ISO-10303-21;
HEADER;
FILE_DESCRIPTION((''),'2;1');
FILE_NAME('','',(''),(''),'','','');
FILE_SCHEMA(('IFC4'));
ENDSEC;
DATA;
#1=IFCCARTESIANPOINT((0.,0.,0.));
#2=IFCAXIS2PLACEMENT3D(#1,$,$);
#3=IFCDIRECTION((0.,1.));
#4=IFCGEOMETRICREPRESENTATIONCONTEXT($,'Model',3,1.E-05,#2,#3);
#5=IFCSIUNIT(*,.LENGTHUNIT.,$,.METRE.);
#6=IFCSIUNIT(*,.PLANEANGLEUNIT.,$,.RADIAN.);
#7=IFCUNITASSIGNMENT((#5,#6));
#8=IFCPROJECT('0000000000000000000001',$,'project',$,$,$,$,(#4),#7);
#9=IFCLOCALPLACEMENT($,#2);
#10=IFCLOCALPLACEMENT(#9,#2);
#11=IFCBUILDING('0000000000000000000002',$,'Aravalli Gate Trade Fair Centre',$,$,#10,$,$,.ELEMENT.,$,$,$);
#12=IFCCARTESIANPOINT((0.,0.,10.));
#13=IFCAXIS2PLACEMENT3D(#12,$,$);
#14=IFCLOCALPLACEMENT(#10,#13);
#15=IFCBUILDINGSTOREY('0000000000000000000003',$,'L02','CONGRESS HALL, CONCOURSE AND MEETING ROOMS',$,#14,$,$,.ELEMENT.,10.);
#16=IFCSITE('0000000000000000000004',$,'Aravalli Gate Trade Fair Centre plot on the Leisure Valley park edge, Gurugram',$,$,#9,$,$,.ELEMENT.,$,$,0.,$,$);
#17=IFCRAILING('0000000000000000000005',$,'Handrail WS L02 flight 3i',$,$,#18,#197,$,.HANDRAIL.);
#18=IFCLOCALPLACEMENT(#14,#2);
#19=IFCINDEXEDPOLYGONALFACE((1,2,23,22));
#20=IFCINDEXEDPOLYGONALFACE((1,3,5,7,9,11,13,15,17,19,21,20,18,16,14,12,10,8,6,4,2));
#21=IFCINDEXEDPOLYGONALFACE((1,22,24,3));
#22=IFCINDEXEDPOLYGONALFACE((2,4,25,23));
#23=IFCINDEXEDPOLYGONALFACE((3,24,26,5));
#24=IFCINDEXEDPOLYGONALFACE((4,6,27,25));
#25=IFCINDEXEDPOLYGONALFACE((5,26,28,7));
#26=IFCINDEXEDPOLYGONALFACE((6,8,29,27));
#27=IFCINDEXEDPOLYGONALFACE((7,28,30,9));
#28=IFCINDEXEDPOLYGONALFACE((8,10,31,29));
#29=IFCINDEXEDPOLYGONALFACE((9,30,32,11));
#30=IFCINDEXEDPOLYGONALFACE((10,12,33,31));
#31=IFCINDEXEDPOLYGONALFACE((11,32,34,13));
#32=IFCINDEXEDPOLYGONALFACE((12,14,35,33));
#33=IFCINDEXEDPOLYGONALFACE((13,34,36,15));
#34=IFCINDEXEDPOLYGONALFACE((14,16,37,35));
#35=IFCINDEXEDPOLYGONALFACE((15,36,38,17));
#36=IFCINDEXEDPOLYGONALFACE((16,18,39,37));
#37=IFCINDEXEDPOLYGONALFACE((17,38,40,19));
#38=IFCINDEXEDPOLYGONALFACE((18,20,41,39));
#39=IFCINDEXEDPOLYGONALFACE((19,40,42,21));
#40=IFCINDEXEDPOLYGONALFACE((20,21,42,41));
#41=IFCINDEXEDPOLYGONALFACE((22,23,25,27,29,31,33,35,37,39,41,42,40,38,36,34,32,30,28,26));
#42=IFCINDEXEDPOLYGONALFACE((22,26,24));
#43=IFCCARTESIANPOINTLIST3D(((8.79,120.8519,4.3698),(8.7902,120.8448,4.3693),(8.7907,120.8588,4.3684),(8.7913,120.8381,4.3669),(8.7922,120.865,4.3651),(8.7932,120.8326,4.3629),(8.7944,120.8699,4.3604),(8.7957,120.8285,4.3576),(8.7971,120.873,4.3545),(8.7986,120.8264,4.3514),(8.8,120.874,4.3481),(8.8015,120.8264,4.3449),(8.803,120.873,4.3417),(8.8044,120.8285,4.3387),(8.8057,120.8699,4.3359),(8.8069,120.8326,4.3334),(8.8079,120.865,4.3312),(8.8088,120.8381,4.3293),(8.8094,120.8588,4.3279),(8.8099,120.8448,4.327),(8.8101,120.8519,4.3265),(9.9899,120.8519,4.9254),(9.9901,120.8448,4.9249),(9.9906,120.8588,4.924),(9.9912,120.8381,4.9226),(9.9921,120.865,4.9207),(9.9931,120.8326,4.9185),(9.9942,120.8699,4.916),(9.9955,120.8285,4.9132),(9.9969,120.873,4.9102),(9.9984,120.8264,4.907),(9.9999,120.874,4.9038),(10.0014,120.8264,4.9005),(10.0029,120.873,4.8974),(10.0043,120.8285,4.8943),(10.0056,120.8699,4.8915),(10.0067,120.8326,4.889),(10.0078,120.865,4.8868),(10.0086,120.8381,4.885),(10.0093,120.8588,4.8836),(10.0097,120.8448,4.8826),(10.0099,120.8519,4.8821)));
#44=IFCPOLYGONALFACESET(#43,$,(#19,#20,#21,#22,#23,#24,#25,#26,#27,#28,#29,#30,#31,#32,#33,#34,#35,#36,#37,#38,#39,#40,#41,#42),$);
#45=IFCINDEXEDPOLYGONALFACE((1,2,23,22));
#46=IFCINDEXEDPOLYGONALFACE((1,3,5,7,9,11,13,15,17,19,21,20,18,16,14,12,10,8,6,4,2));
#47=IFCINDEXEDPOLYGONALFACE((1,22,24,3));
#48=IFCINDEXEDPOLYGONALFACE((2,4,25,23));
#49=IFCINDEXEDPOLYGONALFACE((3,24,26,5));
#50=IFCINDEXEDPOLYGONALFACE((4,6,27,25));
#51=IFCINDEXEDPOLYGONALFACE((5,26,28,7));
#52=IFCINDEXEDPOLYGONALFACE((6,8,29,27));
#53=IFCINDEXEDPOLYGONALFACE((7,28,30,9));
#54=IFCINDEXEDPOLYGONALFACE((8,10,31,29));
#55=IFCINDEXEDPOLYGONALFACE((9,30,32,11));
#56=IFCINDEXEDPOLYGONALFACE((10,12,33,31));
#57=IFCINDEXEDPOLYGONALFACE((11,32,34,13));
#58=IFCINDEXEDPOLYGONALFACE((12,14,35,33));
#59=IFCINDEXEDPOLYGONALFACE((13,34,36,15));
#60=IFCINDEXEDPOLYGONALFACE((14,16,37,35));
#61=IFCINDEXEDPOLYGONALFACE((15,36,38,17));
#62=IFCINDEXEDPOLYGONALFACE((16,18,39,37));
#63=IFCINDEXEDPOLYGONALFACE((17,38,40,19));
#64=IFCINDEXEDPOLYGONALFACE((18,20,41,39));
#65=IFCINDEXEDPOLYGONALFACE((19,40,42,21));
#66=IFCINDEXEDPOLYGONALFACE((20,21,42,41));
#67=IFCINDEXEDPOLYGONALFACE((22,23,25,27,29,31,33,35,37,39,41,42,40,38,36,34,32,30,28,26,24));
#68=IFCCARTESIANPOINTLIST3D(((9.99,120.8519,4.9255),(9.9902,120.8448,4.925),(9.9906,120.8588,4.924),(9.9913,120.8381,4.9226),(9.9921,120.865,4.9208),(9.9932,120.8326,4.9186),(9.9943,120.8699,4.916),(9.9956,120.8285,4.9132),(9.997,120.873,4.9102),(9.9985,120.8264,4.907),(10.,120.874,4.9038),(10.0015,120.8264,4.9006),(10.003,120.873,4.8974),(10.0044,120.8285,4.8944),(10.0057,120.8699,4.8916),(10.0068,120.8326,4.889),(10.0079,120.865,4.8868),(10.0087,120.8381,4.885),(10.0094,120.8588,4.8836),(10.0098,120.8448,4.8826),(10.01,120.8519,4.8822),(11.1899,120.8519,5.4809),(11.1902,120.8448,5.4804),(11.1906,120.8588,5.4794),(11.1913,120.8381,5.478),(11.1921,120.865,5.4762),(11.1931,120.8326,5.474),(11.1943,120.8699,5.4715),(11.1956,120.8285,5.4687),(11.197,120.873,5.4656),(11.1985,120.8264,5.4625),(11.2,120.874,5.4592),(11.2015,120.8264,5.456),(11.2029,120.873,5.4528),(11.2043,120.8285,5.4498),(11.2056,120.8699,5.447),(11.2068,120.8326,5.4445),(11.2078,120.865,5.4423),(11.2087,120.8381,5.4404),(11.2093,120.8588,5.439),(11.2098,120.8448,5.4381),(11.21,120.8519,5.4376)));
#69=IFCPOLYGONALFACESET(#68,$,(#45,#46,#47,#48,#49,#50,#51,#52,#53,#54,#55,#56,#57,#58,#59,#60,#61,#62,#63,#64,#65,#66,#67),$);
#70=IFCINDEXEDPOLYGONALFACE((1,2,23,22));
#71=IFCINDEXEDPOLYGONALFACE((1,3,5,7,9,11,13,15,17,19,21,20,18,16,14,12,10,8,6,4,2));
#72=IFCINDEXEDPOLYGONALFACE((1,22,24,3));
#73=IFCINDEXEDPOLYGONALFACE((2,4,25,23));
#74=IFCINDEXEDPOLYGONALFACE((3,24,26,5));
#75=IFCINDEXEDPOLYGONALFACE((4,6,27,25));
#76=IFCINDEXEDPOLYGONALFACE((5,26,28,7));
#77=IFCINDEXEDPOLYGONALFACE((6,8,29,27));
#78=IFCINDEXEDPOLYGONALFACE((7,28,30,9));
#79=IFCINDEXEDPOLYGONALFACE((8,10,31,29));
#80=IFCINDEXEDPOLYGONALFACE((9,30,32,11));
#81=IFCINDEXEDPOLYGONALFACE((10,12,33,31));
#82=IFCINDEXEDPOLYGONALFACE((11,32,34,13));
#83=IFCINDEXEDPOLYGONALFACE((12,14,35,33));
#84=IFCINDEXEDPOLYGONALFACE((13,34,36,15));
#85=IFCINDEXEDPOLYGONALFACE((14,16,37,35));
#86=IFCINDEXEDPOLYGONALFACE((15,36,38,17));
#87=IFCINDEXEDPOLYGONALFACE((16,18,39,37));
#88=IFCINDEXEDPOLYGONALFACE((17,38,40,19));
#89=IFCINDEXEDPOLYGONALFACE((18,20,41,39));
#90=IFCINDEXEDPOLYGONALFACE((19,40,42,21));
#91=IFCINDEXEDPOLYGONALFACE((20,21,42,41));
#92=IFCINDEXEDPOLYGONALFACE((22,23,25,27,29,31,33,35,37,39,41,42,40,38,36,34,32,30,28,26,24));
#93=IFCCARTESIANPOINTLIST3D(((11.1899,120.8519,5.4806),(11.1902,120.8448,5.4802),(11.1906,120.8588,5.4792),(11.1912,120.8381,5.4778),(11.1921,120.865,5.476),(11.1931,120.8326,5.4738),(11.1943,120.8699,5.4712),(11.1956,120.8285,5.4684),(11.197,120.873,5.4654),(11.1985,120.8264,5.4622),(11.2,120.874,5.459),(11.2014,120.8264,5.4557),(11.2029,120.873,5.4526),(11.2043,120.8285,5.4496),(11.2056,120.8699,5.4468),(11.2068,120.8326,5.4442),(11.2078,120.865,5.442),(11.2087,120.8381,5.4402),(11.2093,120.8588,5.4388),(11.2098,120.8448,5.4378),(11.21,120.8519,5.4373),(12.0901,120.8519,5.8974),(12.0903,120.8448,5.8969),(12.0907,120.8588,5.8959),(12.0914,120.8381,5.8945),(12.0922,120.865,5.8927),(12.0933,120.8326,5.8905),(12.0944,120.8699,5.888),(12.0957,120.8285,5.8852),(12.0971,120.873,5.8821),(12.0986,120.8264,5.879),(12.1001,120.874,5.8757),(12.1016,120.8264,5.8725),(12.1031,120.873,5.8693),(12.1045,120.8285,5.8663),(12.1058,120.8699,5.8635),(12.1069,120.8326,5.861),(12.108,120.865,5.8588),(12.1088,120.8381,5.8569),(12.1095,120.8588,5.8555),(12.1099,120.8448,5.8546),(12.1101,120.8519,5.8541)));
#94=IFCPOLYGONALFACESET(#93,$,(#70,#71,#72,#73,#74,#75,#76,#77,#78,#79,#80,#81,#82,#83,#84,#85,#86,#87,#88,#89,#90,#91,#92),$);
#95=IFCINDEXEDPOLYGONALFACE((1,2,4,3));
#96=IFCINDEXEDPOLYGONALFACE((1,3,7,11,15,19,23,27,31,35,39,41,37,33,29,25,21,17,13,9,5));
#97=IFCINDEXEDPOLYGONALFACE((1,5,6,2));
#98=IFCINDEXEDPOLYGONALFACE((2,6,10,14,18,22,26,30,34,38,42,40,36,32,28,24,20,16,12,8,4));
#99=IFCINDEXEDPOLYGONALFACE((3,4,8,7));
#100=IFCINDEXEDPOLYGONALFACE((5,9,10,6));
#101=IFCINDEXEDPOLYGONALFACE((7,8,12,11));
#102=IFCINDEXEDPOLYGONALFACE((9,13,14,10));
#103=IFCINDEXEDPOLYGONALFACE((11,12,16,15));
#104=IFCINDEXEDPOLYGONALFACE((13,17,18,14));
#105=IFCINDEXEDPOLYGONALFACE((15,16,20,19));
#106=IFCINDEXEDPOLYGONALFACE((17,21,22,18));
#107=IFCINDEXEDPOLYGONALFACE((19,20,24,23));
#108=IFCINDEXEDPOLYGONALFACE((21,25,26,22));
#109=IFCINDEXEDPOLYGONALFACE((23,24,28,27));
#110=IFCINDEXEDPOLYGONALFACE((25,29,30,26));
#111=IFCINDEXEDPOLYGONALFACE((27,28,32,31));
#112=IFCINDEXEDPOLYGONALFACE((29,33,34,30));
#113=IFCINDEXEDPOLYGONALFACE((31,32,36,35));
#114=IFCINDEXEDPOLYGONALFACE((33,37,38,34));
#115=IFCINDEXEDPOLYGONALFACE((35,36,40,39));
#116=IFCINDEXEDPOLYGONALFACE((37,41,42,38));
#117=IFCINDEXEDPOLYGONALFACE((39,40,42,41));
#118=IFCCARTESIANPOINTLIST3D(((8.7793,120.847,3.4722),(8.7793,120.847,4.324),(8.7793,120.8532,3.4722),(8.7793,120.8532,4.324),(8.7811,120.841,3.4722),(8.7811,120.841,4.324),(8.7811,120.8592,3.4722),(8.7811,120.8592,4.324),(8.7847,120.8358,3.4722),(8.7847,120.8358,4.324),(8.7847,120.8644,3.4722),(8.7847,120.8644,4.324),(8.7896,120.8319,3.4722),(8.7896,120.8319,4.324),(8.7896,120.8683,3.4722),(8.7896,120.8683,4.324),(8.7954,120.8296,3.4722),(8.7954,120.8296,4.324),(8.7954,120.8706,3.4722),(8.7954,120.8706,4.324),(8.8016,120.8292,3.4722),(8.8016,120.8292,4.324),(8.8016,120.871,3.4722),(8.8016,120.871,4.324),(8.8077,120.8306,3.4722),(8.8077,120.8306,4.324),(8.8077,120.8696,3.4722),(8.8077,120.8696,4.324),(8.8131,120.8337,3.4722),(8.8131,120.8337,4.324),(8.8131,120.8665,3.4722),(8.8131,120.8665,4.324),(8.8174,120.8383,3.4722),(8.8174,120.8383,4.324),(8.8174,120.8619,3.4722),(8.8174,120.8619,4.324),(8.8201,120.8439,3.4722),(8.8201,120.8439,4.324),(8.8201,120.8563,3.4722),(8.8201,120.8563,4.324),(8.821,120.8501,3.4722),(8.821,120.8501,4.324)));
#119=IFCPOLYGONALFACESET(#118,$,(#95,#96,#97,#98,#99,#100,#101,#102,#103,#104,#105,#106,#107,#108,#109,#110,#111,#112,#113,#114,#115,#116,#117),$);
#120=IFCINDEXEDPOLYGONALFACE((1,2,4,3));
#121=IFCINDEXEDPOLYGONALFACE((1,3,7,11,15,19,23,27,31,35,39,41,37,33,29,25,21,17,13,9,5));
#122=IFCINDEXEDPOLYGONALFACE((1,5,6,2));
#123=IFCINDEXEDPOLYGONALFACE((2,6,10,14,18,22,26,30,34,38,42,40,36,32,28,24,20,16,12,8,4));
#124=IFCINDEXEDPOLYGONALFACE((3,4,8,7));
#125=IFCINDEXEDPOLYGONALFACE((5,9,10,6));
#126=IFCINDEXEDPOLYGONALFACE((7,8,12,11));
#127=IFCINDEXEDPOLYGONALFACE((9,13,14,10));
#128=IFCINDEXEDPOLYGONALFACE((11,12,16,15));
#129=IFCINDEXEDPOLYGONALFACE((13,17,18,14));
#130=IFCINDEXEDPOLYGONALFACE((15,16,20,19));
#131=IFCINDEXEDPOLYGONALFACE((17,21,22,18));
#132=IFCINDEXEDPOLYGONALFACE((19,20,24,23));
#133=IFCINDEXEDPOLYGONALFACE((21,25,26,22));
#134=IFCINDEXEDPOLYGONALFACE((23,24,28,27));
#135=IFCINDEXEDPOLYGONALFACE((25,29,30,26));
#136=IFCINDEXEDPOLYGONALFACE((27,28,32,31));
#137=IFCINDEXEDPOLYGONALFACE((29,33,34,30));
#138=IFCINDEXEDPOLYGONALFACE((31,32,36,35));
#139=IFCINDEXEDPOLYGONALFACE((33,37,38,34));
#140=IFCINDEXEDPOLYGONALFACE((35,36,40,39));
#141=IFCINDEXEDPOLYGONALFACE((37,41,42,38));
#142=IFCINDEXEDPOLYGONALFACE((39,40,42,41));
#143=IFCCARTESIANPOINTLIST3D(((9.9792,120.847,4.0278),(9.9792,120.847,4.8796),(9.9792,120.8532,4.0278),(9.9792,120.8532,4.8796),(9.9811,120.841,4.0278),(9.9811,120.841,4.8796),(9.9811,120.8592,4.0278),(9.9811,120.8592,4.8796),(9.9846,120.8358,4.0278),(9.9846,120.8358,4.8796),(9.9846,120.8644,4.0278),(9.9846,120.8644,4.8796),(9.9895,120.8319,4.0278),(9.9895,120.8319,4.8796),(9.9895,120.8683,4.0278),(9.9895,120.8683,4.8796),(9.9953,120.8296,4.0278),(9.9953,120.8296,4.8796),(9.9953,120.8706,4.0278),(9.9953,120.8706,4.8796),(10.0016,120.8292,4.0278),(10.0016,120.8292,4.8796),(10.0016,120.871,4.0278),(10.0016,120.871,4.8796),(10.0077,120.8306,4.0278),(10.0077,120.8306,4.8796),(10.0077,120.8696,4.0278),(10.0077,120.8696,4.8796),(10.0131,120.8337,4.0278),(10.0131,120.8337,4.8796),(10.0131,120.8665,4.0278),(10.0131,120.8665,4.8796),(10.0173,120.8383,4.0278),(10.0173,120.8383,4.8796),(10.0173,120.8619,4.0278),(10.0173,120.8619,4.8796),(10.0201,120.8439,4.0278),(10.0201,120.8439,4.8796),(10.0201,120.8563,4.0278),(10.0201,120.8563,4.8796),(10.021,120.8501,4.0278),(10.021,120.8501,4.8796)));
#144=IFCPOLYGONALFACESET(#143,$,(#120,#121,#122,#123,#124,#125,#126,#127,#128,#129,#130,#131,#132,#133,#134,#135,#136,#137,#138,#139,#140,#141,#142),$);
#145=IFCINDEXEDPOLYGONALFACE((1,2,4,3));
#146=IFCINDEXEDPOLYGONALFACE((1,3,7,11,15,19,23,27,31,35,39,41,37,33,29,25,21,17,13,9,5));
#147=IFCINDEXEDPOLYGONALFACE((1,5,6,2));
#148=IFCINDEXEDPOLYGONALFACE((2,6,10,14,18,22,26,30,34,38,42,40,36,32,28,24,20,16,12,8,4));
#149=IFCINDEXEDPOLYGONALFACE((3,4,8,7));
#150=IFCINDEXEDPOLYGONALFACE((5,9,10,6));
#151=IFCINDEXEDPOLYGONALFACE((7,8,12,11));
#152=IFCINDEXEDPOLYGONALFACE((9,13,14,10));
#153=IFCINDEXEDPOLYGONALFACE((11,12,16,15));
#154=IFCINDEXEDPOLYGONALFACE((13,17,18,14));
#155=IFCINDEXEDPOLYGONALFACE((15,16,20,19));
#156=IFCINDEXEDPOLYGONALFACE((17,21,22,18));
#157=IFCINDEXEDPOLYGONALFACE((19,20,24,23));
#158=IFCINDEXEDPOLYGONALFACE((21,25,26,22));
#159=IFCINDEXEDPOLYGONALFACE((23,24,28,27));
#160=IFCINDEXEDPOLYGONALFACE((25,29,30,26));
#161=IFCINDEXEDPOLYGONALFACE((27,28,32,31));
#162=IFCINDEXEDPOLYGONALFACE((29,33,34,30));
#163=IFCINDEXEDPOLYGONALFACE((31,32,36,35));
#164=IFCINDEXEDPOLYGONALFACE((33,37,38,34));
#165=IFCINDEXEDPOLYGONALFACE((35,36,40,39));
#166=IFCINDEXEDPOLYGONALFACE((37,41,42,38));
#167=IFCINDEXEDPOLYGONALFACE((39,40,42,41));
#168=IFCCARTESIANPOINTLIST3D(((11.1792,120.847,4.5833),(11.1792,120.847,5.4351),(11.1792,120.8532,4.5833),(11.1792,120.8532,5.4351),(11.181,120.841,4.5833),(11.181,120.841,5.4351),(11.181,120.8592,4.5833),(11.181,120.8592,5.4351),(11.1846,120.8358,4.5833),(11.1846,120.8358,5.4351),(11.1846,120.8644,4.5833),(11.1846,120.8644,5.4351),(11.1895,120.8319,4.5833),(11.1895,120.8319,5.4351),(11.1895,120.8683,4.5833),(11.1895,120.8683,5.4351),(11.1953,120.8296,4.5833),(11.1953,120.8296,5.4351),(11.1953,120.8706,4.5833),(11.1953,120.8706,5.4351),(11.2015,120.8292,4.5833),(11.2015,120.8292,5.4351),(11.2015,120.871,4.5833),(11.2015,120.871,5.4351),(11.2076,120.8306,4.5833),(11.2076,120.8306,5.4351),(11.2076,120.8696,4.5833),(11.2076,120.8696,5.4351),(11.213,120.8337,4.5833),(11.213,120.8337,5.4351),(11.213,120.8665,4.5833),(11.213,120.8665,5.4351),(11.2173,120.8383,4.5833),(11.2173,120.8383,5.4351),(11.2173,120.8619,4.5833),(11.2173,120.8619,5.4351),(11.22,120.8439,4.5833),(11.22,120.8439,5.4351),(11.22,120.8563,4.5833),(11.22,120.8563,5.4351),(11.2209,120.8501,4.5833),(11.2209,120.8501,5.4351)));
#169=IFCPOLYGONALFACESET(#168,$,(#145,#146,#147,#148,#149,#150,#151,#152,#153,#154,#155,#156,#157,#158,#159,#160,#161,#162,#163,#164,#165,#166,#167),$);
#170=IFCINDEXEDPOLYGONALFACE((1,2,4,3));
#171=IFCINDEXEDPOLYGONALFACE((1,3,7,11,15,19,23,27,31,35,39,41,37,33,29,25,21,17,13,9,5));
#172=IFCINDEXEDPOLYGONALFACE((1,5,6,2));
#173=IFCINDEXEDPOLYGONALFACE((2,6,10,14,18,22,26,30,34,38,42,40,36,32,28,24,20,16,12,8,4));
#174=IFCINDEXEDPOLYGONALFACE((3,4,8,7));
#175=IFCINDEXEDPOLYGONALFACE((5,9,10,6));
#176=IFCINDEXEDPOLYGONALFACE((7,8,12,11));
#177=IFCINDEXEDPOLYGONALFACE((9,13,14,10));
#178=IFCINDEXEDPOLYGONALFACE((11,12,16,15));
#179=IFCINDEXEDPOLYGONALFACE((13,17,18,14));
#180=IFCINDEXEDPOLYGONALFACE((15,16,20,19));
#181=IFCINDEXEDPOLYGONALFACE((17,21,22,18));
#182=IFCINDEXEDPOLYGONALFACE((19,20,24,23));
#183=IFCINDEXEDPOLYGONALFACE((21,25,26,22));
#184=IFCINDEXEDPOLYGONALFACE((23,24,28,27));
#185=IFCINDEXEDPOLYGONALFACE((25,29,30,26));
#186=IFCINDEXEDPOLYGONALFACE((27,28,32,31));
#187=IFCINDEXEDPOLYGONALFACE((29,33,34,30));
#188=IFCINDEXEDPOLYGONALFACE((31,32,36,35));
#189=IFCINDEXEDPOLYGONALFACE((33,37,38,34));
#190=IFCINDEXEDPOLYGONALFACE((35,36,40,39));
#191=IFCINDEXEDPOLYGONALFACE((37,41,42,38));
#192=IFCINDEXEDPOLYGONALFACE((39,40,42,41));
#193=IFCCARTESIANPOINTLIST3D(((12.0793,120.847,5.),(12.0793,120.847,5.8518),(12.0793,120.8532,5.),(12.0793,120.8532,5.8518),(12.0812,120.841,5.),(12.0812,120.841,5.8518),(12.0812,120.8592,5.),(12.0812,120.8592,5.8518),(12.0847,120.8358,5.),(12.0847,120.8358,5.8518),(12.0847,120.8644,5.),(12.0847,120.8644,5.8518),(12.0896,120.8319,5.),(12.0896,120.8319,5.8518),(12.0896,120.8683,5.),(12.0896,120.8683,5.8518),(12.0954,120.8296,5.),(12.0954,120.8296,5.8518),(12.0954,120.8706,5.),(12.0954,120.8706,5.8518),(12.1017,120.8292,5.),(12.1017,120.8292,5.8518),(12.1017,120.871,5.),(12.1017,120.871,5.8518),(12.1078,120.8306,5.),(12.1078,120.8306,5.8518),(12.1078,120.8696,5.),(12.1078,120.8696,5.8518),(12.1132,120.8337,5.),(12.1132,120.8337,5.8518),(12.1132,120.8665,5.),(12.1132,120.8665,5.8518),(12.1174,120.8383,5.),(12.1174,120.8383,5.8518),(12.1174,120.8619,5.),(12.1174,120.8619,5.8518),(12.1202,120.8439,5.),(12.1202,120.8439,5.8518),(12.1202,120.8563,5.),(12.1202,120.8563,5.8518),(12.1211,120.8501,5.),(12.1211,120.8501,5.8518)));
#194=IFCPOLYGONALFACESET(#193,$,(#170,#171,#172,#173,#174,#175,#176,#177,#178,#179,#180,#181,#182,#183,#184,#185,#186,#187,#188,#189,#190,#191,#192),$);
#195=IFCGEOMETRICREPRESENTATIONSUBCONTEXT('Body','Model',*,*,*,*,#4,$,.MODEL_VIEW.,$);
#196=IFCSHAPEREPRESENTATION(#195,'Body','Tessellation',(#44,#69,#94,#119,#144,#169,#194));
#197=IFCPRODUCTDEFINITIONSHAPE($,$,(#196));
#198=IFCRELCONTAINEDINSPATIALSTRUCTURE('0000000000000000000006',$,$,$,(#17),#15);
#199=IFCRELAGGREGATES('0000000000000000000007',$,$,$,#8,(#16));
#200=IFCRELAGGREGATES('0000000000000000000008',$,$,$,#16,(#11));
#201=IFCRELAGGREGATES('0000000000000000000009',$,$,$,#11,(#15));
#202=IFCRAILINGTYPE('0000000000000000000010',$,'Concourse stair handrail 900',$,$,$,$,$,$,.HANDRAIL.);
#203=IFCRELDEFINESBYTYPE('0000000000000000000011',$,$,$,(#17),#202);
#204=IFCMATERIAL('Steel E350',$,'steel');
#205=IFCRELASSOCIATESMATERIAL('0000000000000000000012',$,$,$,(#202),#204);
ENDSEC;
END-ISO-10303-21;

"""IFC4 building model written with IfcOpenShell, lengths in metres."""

from ifc_helpers import new_model, si_unit, direction, frame, origin, origin_2d, place, context, subcontext, project, spatial, circle, extrude, material, type_object, element, save


model = new_model("IFC4")

# Units and contexts
model_context = context("Model", 3, precision=1e-05, world=origin(), true_north=direction((0.0, 1.0)))
body_context = subcontext(model_context, "Body", "Model", "MODEL_VIEW")
ifc_project = project(units=[si_unit("LENGTHUNIT", "METRE"), si_unit("PLANEANGLEUNIT", "RADIAN")], contexts=[model_context])

# Site, building, storey
site_placement = place(None, origin())
site = spatial("IfcSite", under=ifc_project, at=site_placement, Name="Aravalli Gate Trade Fair Centre plot on the Leisure Valley park edge, Gurugram", CompositionType="ELEMENT", RefElevation=0.0)
building_placement = place(site_placement, origin())
building = spatial("IfcBuilding", under=site, at=building_placement, Name="Aravalli Gate Trade Fair Centre", CompositionType="ELEMENT")
storey_placement = place(building_placement, frame((0.0, 0.0, 10.0)))
storey = spatial("IfcBuildingStorey", under=building, at=storey_placement, Name="L02", Description="CONGRESS HALL, CONCOURSE AND MEETING ROOMS", CompositionType="ELEMENT", Elevation=10.0)

# Shared definitions
ifc_material_1 = material(Name="Steel E350", Category="steel")

# Railing
railing_type_1 = type_object("IfcRailingType", Name="Concourse stair handrail 900", PredefinedType="HANDRAIL", material=ifc_material_1)
railing_1_placement = place(storey_placement, frame((8.8, 120.8501, 3.4722)))
element("IfcRailing", 1, at=railing_1_placement, inside=storey, type_object=railing_type_1, Name="Handrail WS L02 flight 3i", PredefinedType="HANDRAIL", context=body_context, shape_type="SweptSolid", body=[
    extrude(circle(Radius=0.0239, at=origin_2d()), frame((0.0, 0.0, 0.876), z_axis=(0.907429, 0.0, 0.420205), x_axis=(0.0, 1.0, 0.0)), (0.0, 0.0, 1.0), 1.3223),
    extrude(circle(Radius=0.0239, at=origin_2d()), frame((1.2, 0.0, 1.4316), z_axis=(0.907499, 0.0, 0.420053), x_axis=(0.0, 1.0, 0.0)), (0.0, 0.0, 1.0), 1.3223),
    extrude(circle(Radius=0.0239, at=origin_2d()), frame((2.3999, 0.0, 1.9868), z_axis=(0.907462, 0.0, 0.420135), x_axis=(0.0, 1.0, 0.0)), (0.0, 0.0, 1.0), 0.9919),
    extrude(circle(Radius=0.021, at=origin_2d()), origin(), (0.0, 0.0, 1.0), 0.8518),
    extrude(circle(Radius=0.021, at=origin_2d()), frame((1.2, 0.0, 0.5557)), (0.0, 0.0, 1.0), 0.8518),
    extrude(circle(Radius=0.021, at=origin_2d()), frame((2.3999, 0.0, 1.1111)), (0.0, 0.0, 1.0), 0.8518),
    extrude(circle(Radius=0.021, at=origin_2d()), frame((3.3, 0.0, 1.5278)), (0.0, 0.0, 1.0), 0.8518),
])

save(model, "model.ifc")
